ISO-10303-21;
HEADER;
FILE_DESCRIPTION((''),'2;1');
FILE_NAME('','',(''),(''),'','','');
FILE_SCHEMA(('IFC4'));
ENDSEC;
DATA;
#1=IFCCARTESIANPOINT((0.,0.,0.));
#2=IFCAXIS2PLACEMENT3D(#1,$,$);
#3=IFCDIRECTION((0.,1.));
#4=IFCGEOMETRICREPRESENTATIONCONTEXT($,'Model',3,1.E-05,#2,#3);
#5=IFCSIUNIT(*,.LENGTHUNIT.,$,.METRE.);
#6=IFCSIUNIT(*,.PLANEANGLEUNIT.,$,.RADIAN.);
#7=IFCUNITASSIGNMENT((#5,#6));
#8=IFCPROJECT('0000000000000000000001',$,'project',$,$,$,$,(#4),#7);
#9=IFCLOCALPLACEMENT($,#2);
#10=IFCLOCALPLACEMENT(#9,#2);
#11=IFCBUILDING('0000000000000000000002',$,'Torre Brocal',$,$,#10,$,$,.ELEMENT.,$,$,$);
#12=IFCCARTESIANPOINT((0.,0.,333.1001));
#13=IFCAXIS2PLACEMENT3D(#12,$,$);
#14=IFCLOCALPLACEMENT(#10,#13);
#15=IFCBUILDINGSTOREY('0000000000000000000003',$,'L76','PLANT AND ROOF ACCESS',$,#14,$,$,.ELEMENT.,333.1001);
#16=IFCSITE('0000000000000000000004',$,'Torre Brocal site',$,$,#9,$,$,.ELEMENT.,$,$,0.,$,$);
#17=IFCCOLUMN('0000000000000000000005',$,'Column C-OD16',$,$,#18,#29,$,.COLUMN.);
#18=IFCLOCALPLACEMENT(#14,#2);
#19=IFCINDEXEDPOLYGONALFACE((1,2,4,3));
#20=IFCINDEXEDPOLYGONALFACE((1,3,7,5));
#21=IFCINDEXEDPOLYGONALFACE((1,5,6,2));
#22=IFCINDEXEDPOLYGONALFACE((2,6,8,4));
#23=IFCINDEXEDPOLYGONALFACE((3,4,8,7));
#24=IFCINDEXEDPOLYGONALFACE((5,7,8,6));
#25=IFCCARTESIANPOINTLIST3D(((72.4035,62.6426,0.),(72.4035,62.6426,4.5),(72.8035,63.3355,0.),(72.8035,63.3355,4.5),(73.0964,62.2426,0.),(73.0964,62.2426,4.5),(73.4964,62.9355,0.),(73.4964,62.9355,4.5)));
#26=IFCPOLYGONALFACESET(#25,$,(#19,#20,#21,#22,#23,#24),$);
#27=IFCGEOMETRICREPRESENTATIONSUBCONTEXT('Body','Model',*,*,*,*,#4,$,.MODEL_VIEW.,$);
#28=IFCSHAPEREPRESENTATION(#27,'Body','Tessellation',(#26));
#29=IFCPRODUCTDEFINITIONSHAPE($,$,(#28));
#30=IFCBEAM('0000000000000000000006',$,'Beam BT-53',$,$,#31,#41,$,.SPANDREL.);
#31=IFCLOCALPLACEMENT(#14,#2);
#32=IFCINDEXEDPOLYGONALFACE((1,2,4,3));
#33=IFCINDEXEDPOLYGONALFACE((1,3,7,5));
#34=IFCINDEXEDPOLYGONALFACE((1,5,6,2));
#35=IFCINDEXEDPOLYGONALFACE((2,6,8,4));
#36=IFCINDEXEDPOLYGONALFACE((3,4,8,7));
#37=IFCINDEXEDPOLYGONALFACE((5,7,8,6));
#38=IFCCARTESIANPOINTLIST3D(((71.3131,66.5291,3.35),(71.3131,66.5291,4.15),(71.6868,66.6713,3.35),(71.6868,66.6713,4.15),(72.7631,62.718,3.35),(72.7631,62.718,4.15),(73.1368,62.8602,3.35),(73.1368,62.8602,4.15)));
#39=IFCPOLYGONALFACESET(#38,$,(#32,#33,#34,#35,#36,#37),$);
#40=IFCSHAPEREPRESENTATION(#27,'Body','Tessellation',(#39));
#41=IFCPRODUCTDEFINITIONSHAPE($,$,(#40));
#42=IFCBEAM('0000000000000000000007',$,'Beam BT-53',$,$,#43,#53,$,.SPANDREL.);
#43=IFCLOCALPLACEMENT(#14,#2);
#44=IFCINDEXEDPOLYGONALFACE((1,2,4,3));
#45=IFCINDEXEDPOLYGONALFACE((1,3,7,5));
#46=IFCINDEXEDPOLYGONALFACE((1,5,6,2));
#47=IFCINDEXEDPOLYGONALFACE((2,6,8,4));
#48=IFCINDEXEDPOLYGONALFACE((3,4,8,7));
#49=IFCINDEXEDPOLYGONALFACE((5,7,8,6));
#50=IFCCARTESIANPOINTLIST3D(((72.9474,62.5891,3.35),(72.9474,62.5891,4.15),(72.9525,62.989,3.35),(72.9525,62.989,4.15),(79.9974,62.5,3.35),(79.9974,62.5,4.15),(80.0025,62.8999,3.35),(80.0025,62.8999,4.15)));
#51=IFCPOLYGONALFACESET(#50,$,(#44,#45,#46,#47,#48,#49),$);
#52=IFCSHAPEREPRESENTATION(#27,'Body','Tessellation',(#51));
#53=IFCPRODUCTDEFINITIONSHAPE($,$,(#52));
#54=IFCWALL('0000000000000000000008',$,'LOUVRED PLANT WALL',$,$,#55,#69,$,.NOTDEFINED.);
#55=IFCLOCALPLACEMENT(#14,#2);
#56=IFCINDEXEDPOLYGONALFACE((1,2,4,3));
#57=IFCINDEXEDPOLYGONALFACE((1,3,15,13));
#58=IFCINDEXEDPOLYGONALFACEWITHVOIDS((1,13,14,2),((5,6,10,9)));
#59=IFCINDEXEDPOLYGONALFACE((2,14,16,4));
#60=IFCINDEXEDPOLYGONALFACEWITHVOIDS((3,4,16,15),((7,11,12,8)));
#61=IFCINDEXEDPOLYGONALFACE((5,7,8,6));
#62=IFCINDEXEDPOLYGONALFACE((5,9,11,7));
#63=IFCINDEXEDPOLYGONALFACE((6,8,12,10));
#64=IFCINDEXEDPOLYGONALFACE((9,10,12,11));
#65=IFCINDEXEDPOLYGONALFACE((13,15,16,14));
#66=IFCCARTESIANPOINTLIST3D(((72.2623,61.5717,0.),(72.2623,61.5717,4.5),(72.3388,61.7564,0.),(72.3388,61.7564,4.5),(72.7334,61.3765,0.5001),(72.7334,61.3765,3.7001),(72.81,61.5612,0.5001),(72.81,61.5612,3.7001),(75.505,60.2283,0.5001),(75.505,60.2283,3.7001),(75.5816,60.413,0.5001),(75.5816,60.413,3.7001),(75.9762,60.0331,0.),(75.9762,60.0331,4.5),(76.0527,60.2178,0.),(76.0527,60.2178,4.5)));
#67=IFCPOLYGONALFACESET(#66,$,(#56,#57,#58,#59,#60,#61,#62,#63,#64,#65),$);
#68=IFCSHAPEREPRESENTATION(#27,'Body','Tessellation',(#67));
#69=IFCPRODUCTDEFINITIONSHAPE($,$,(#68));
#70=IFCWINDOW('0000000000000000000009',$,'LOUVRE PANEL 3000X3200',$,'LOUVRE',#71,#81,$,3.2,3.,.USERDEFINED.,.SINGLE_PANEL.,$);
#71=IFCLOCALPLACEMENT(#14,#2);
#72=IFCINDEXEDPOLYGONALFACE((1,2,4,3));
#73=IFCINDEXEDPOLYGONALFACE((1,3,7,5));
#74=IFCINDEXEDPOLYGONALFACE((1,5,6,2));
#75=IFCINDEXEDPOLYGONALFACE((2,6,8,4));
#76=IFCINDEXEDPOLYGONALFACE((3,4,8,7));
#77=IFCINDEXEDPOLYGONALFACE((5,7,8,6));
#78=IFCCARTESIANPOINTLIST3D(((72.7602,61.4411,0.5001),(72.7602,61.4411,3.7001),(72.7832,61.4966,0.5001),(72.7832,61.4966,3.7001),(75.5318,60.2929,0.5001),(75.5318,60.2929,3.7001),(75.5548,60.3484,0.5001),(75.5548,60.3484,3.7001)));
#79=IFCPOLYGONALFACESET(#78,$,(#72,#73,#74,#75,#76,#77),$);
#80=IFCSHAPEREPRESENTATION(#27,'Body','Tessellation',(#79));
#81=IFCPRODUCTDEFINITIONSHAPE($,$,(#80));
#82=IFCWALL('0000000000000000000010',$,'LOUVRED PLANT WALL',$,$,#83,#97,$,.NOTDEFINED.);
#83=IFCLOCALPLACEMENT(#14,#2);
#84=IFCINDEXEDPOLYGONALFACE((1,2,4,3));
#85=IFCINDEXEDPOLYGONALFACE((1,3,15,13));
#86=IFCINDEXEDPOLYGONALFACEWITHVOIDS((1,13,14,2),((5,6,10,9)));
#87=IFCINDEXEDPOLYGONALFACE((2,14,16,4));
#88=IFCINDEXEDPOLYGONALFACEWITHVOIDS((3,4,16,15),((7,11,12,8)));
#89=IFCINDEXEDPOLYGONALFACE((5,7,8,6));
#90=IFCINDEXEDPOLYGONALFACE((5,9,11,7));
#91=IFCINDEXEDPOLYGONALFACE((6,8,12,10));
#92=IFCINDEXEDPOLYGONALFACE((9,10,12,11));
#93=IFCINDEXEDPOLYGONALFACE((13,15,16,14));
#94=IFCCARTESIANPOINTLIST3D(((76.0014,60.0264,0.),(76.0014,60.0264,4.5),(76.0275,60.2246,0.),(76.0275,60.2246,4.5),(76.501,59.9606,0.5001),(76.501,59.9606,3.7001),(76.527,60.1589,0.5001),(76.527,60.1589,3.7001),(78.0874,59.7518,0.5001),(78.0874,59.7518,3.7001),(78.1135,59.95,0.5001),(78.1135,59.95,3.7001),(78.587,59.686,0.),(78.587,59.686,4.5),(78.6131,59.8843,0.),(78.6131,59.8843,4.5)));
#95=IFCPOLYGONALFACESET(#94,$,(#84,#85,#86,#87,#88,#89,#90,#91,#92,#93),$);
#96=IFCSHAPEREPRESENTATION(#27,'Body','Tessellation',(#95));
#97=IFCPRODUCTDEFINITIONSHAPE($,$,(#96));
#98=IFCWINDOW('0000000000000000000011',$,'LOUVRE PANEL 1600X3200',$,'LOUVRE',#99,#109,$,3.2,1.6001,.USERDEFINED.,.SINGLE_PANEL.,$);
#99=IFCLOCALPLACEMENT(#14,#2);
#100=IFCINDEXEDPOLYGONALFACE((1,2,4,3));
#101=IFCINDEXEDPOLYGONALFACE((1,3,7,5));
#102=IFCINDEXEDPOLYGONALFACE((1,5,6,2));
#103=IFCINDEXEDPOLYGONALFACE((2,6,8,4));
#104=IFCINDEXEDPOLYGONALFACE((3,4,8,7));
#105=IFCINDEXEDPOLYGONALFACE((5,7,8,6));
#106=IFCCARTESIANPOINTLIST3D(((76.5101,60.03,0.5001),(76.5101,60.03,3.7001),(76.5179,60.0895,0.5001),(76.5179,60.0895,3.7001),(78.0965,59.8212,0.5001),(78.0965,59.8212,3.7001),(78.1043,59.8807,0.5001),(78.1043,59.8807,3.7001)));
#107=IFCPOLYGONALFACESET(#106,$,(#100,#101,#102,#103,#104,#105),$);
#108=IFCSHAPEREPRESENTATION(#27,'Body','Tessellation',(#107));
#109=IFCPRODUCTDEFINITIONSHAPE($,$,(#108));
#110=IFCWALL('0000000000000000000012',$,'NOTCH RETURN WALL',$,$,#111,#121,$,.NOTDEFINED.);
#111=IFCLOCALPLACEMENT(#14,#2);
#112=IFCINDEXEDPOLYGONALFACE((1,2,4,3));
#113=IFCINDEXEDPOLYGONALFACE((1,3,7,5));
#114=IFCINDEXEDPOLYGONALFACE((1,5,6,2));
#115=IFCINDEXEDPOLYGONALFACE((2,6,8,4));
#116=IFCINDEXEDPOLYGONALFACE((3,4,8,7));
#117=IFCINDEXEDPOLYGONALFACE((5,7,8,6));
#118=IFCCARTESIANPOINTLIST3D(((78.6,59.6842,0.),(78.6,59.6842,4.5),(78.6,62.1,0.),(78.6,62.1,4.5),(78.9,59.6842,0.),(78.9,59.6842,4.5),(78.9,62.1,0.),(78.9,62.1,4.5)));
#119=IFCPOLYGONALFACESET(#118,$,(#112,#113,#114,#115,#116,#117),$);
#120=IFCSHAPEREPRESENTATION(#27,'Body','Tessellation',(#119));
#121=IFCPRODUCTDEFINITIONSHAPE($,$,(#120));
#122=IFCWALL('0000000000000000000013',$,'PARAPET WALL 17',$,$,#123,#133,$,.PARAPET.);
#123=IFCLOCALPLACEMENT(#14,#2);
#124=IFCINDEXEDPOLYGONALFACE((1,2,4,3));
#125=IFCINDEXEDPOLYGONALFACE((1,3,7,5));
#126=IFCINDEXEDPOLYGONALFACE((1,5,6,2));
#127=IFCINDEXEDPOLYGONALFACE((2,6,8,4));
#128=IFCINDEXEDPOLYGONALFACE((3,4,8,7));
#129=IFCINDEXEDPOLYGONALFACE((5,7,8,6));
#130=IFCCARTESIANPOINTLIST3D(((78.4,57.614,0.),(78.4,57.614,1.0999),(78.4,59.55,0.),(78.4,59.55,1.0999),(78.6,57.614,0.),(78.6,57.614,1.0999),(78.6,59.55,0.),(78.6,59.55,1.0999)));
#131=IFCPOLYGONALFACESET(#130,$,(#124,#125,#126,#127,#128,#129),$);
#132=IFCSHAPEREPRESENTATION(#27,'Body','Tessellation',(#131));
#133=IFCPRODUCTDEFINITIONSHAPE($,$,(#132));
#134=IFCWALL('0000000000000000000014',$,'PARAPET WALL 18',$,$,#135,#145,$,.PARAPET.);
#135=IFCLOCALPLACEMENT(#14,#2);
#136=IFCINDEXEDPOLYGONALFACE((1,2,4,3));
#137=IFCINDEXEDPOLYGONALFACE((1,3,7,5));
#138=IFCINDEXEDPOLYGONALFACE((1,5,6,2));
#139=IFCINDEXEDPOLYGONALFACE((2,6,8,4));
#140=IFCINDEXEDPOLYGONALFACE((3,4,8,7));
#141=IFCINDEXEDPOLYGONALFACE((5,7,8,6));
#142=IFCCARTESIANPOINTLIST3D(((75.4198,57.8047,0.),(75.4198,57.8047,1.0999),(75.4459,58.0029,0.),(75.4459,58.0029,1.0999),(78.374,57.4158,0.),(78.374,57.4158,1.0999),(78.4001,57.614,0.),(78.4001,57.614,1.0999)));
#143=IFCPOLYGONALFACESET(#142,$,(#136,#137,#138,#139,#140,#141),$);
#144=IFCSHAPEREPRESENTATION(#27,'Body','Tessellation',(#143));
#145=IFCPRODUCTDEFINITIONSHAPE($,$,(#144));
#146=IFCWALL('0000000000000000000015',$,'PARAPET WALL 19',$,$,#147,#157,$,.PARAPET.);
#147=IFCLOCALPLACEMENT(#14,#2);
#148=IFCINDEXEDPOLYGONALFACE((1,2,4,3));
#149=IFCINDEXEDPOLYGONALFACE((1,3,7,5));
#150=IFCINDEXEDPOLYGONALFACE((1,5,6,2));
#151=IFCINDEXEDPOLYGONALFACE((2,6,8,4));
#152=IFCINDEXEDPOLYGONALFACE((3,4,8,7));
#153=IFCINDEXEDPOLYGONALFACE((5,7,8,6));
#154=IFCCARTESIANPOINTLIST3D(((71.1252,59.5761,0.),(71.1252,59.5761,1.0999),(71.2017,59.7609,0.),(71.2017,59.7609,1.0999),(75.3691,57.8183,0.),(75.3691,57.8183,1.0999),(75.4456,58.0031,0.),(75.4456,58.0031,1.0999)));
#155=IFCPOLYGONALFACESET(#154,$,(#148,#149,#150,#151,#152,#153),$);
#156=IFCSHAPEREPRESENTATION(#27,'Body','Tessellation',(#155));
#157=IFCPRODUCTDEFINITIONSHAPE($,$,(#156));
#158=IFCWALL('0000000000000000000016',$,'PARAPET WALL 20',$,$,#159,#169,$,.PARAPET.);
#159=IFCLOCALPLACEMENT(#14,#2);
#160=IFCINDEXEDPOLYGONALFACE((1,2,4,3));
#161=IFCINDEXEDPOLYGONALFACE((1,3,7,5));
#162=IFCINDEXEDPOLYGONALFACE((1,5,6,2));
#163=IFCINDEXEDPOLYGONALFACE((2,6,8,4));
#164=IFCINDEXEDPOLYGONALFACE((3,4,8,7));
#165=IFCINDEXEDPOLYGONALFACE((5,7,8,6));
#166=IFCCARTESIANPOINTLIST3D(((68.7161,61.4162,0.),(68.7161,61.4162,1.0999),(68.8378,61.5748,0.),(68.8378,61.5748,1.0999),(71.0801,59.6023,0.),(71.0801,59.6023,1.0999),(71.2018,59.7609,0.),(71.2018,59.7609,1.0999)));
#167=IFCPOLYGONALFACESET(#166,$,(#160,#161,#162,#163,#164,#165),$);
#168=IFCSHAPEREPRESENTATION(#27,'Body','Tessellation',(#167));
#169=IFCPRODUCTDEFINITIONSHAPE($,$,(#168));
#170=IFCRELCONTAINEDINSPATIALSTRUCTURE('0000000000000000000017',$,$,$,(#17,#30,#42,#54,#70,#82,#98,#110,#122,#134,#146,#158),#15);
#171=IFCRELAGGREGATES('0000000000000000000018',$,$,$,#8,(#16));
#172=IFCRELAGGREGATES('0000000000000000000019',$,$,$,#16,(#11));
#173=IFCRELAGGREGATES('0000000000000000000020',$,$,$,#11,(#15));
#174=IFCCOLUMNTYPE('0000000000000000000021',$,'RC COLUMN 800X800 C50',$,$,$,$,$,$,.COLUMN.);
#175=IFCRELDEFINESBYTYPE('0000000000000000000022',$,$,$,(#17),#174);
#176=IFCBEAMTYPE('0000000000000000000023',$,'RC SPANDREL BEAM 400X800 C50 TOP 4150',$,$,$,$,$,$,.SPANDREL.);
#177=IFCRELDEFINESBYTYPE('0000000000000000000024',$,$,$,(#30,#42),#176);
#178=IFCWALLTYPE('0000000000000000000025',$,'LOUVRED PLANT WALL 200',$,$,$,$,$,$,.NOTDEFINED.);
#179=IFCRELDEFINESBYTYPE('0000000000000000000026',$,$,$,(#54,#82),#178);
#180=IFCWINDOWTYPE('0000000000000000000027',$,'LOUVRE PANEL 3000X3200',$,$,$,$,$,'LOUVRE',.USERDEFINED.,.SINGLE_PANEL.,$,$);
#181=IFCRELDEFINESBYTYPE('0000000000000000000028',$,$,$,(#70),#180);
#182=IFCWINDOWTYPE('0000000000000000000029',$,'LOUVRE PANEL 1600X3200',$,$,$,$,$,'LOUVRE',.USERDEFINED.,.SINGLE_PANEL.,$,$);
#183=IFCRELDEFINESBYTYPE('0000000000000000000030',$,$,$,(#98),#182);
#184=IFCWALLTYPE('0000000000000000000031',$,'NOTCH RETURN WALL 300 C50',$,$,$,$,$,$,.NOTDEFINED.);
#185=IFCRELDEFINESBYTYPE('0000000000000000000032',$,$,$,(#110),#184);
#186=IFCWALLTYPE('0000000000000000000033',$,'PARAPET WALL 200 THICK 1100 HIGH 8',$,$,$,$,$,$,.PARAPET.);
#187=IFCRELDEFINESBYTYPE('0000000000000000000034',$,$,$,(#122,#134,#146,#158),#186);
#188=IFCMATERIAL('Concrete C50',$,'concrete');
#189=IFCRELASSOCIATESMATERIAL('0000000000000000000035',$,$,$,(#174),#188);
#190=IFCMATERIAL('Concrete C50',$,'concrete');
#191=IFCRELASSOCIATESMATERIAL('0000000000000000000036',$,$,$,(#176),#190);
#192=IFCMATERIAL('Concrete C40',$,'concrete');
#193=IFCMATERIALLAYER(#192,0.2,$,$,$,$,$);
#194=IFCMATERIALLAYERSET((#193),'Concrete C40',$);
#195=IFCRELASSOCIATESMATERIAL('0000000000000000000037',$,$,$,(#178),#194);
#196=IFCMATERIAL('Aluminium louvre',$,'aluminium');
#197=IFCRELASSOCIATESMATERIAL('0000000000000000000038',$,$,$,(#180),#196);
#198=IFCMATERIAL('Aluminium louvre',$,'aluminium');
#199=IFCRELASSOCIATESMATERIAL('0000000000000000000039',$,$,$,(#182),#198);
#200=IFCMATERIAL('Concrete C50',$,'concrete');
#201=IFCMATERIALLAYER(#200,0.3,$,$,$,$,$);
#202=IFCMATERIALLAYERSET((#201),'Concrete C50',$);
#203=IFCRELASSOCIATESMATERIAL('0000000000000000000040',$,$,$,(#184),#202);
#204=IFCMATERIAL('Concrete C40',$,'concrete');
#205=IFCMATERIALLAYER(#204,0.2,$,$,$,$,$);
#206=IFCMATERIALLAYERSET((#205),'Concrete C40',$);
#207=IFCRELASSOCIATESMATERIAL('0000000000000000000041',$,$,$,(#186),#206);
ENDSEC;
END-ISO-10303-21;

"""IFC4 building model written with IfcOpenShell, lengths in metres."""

from ifc_helpers import new_model, si_unit, direction, frame, frame_2d, origin, origin_2d, place, context, subcontext, project, spatial, rectangle, extrude, material, layer, layer_set, material_profile, profile_set, type_object, element, fill, save


model = new_model("IFC4")

# Units and contexts
model_context = context("Model", 3, precision=1e-05, world=origin(), true_north=direction((0.0, 1.0)))
body_context = subcontext(model_context, "Body", "Model", "MODEL_VIEW")
ifc_project = project(units=[si_unit("LENGTHUNIT", "METRE"), si_unit("PLANEANGLEUNIT", "RADIAN")], contexts=[model_context])

# Site, building, storey
site_placement = place(None, origin())
site = spatial("IfcSite", under=ifc_project, at=site_placement, Name="Torre Brocal site", CompositionType="ELEMENT", RefElevation=0.0)
building_placement = place(site_placement, origin())
building = spatial("IfcBuilding", under=site, at=building_placement, Name="Torre Brocal", CompositionType="ELEMENT")
storey_placement = place(building_placement, frame((0.0, 0.0, 333.1001)))
storey = spatial("IfcBuildingStorey", under=building, at=storey_placement, Name="L76", Description="PLANT AND ROOF ACCESS", CompositionType="ELEMENT", Elevation=333.1001)

# Column
ifc_material_1 = material(Name="Concrete C50", Category="concrete")
ifc_material_profile_1 = material_profile(ifc_material_1, rectangle(XDim=0.8, YDim=0.8, at=origin_2d()), Name="RC 800X800")
ifc_profile_set_1 = profile_set([ifc_material_profile_1], Name="Concrete C50")
column_type = type_object("IfcColumnType", Name="RC COLUMN 800X800 C50", PredefinedType="COLUMN", material=ifc_profile_set_1)
column_placement = place(storey_placement, frame((72.95, 62.7891, 0.0), z_axis=(0.0, 0.0, 1.0), x_axis=(-0.5, -0.866025, 0.0)))
element("IfcColumn", 1, at=column_placement, inside=storey, type_object=column_type, Name="Column C-OD16", PredefinedType="COLUMN", context=body_context, shape_type="SweptSolid", body=[
    extrude(rectangle(XDim=0.8, YDim=0.8, at=origin_2d()), origin(), (0.0, 0.0, 1.0), 4.5),
])

# Beams
ifc_material_2 = material(Name="Concrete C50", Category="concrete")
ifc_material_profile_2 = material_profile(ifc_material_2, rectangle(XDim=0.3999, YDim=0.8, at=origin_2d()), Name="RC 400X800")
ifc_profile_set_2 = profile_set([ifc_material_profile_2], Name="Concrete C50")
beam_type = type_object("IfcBeamType", Name="RC SPANDREL BEAM 400X800 C50 TOP 4150", PredefinedType="SPANDREL", material=ifc_profile_set_2)
beam_1_placement = place(storey_placement, frame((72.95, 62.7891, 3.75), z_axis=(-0.355594, 0.93464, 0.0), x_axis=(-0.93464, -0.355594, 0.0)))
element("IfcBeam", 2, at=beam_1_placement, inside=storey, type_object=beam_type, Name="Beam BT-53", PredefinedType="SPANDREL", context=body_context, shape_type="SweptSolid", body=[
    extrude(rectangle(XDim=0.3999, YDim=0.8, at=origin_2d()), origin(), (0.0, 0.0, 1.0), 4.0776),
])
beam_2_placement = place(storey_placement, frame((72.95, 62.7891, 3.75), z_axis=(0.99992, -0.012639, 0.0), x_axis=(0.012639, 0.99992, 0.0)))
element("IfcBeam", 3, at=beam_2_placement, inside=storey, type_object=beam_type, Name="Beam BT-53", PredefinedType="SPANDREL", context=body_context, shape_type="SweptSolid", body=[
    extrude(rectangle(XDim=0.3999, YDim=0.8, at=origin_2d()), origin(), (0.0, 0.0, 1.0), 7.0505),
])

# Walls, openings, windows
ifc_material_3 = material(Name="Concrete C40", Category="concrete")
ifc_layer_1 = layer(ifc_material_3, 0.2)
ifc_layer_set_1 = layer_set([ifc_layer_1], Name="Concrete C40")
wall_type_1 = type_object("IfcWallType", Name="LOUVRED PLANT WALL 200", PredefinedType="NOTDEFINED", material=ifc_layer_set_1)
wall_1_placement = place(storey_placement, frame((72.3005, 61.6641, 0.0), z_axis=(0.0, 0.0, 1.0), x_axis=(0.923858, -0.382734, 0.0)))
wall_1 = element("IfcWall", 4, at=wall_1_placement, inside=storey, type_object=wall_type_1, Name="LOUVRED PLANT WALL", PredefinedType="NOTDEFINED", context=body_context, shape_type="SweptSolid", body=[
    extrude(rectangle(XDim=4.02, YDim=0.2, at=frame_2d((2.01, 0.0))), origin(), (0.0, 0.0, 1.0), 4.5),
])
opening_1_placement = place(wall_1_placement, frame((0.51, 0.0, 0.5)))
opening_1 = element("IfcOpeningElement", 5, at=opening_1_placement, cuts=wall_1, PredefinedType="OPENING", context=body_context, shape_type="SweptSolid", body=[
    extrude(rectangle(XDim=3.0, YDim=3.2, at=frame_2d((1.5, 1.6001))), frame((0.0, 0.1099, 0.0), z_axis=(0.0, -1.0, 0.0), x_axis=(1.0, 0.0, 0.0)), (0.0, 0.0, 1.0), 0.22),
])
ifc_material_4 = material(Name="Aluminium louvre", Category="aluminium")
window_type_1 = type_object("IfcWindowType", Name="LOUVRE PANEL 3000X3200", ElementType="LOUVRE", PartitioningType="SINGLE_PANEL", PredefinedType="USERDEFINED", material=ifc_material_4)
window_1_placement = place(opening_1_placement, origin())
window_1 = element("IfcWindow", 6, at=window_1_placement, inside=storey, type_object=window_type_1, Name="LOUVRE PANEL 3000X3200", ObjectType="LOUVRE", OverallHeight=3.2, OverallWidth=3.0, PartitioningType="SINGLE_PANEL", PredefinedType="USERDEFINED", context=body_context, shape_type="SweptSolid", body=[
    extrude(rectangle(XDim=3.0, YDim=3.2, at=frame_2d((1.5, 1.6001))), frame((0.0, 0.03, 0.0), z_axis=(0.0, -1.0, 0.0), x_axis=(1.0, 0.0, 0.0)), (0.0, 0.0, 1.0), 0.0601),
])
fill(opening_1, window_1)
wall_2_placement = place(storey_placement, frame((76.0144, 60.1255, 0.0), z_axis=(0.0, 0.0, 1.0), x_axis=(0.991449, -0.130496, 0.0)))
wall_2 = element("IfcWall", 7, at=wall_2_placement, inside=storey, type_object=wall_type_1, Name="LOUVRED PLANT WALL", PredefinedType="NOTDEFINED", context=body_context, shape_type="SweptSolid", body=[
    extrude(rectangle(XDim=2.6079, YDim=0.2, at=frame_2d((1.304, 0.0))), origin(), (0.0, 0.0, 1.0), 4.5),
])
opening_2_placement = place(wall_2_placement, frame((0.5039, 0.0, 0.5)))
opening_2 = element("IfcOpeningElement", 8, at=opening_2_placement, cuts=wall_2, PredefinedType="OPENING", context=body_context, shape_type="SweptSolid", body=[
    extrude(rectangle(XDim=1.6001, YDim=3.2, at=frame_2d((0.8, 1.6001))), frame((0.0, 0.1099, 0.0), z_axis=(0.0, -1.0, 0.0), x_axis=(1.0, 0.0, 0.0)), (0.0, 0.0, 1.0), 0.22),
])
ifc_material_5 = material(Name="Aluminium louvre", Category="aluminium")
window_type_2 = type_object("IfcWindowType", Name="LOUVRE PANEL 1600X3200", ElementType="LOUVRE", PartitioningType="SINGLE_PANEL", PredefinedType="USERDEFINED", material=ifc_material_5)
window_2_placement = place(opening_2_placement, origin())
window_2 = element("IfcWindow", 9, at=window_2_placement, inside=storey, type_object=window_type_2, Name="LOUVRE PANEL 1600X3200", ObjectType="LOUVRE", OverallHeight=3.2, OverallWidth=1.6001, PartitioningType="SINGLE_PANEL", PredefinedType="USERDEFINED", context=body_context, shape_type="SweptSolid", body=[
    extrude(rectangle(XDim=1.6001, YDim=3.2, at=frame_2d((0.8, 1.6001))), frame((0.0, 0.03, 0.0), z_axis=(0.0, -1.0, 0.0), x_axis=(1.0, 0.0, 0.0)), (0.0, 0.0, 1.0), 0.0601),
])
fill(opening_2, window_2)

# Walls
ifc_material_6 = material(Name="Concrete C50", Category="concrete")
ifc_layer_2 = layer(ifc_material_6, 0.3)
ifc_layer_set_2 = layer_set([ifc_layer_2], Name="Concrete C50")
wall_type_2 = type_object("IfcWallType", Name="NOTCH RETURN WALL 300 C50", PredefinedType="NOTDEFINED", material=ifc_layer_set_2)
wall_3_placement = place(storey_placement, frame((78.75, 62.1001, 0.0), z_axis=(0.0, 0.0, 1.0), x_axis=(0.0, -1.0, 0.0)))
element("IfcWall", 10, at=wall_3_placement, inside=storey, type_object=wall_type_2, Name="NOTCH RETURN WALL", PredefinedType="NOTDEFINED", context=body_context, shape_type="SweptSolid", body=[
    extrude(rectangle(XDim=2.4158, YDim=0.3, at=frame_2d((1.208, 0.0))), origin(), (0.0, 0.0, 1.0), 4.5),
])
ifc_material_7 = material(Name="Concrete C40", Category="concrete")
ifc_layer_3 = layer(ifc_material_7, 0.2)
ifc_layer_set_3 = layer_set([ifc_layer_3], Name="Concrete C40")
wall_type_3 = type_object("IfcWallType", Name="PARAPET WALL 200 THICK 1100 HIGH 8", PredefinedType="PARAPET", material=ifc_layer_set_3)
wall_4_placement = place(storey_placement, frame((78.5, 59.55, 0.0), z_axis=(0.0, 0.0, 1.0), x_axis=(0.0, -1.0, 0.0)))
element("IfcWall", 11, at=wall_4_placement, inside=storey, type_object=wall_type_3, Name="PARAPET WALL 17", PredefinedType="PARAPET", context=body_context, shape_type="SweptSolid", body=[
    extrude(rectangle(XDim=1.936, YDim=0.2, at=frame_2d((0.968, 0.0))), origin(), (0.0, 0.0, 1.0), 1.0999),
])
wall_5_placement = place(storey_placement, frame((78.387, 57.5149, 0.0), z_axis=(0.0, 0.0, 1.0), x_axis=(-0.991446, 0.130516, 0.0)))
element("IfcWall", 12, at=wall_5_placement, inside=storey, type_object=wall_type_3, Name="PARAPET WALL 18", PredefinedType="PARAPET", context=body_context, shape_type="SweptSolid", body=[
    extrude(rectangle(XDim=2.9797, YDim=0.2, at=frame_2d((1.4897, 0.0))), origin(), (0.0, 0.0, 1.0), 1.0999),
])
wall_6_placement = place(storey_placement, frame((75.4075, 57.9106, 0.0), z_axis=(0.0, 0.0, 1.0), x_axis=(-0.923885, 0.382671, 0.0)))
element("IfcWall", 13, at=wall_6_placement, inside=storey, type_object=wall_type_3, Name="PARAPET WALL 19", PredefinedType="PARAPET", context=body_context, shape_type="SweptSolid", body=[
    extrude(rectangle(XDim=4.5935, YDim=0.2, at=frame_2d((2.2969, 0.0))), origin(), (0.0, 0.0, 1.0), 1.0999),
])
wall_7_placement = place(storey_placement, frame((71.1409, 59.6816, 0.0), z_axis=(0.0, 0.0, 1.0), x_axis=(-0.793354, 0.60876, 0.0)))
element("IfcWall", 14, at=wall_7_placement, inside=storey, type_object=wall_type_3, Name="PARAPET WALL 20", PredefinedType="PARAPET", context=body_context, shape_type="SweptSolid", body=[
    extrude(rectangle(XDim=2.9797, YDim=0.2, at=frame_2d((1.4897, 0.0))), origin(), (0.0, 0.0, 1.0), 1.0999),
])

save(model, "model.ifc")
